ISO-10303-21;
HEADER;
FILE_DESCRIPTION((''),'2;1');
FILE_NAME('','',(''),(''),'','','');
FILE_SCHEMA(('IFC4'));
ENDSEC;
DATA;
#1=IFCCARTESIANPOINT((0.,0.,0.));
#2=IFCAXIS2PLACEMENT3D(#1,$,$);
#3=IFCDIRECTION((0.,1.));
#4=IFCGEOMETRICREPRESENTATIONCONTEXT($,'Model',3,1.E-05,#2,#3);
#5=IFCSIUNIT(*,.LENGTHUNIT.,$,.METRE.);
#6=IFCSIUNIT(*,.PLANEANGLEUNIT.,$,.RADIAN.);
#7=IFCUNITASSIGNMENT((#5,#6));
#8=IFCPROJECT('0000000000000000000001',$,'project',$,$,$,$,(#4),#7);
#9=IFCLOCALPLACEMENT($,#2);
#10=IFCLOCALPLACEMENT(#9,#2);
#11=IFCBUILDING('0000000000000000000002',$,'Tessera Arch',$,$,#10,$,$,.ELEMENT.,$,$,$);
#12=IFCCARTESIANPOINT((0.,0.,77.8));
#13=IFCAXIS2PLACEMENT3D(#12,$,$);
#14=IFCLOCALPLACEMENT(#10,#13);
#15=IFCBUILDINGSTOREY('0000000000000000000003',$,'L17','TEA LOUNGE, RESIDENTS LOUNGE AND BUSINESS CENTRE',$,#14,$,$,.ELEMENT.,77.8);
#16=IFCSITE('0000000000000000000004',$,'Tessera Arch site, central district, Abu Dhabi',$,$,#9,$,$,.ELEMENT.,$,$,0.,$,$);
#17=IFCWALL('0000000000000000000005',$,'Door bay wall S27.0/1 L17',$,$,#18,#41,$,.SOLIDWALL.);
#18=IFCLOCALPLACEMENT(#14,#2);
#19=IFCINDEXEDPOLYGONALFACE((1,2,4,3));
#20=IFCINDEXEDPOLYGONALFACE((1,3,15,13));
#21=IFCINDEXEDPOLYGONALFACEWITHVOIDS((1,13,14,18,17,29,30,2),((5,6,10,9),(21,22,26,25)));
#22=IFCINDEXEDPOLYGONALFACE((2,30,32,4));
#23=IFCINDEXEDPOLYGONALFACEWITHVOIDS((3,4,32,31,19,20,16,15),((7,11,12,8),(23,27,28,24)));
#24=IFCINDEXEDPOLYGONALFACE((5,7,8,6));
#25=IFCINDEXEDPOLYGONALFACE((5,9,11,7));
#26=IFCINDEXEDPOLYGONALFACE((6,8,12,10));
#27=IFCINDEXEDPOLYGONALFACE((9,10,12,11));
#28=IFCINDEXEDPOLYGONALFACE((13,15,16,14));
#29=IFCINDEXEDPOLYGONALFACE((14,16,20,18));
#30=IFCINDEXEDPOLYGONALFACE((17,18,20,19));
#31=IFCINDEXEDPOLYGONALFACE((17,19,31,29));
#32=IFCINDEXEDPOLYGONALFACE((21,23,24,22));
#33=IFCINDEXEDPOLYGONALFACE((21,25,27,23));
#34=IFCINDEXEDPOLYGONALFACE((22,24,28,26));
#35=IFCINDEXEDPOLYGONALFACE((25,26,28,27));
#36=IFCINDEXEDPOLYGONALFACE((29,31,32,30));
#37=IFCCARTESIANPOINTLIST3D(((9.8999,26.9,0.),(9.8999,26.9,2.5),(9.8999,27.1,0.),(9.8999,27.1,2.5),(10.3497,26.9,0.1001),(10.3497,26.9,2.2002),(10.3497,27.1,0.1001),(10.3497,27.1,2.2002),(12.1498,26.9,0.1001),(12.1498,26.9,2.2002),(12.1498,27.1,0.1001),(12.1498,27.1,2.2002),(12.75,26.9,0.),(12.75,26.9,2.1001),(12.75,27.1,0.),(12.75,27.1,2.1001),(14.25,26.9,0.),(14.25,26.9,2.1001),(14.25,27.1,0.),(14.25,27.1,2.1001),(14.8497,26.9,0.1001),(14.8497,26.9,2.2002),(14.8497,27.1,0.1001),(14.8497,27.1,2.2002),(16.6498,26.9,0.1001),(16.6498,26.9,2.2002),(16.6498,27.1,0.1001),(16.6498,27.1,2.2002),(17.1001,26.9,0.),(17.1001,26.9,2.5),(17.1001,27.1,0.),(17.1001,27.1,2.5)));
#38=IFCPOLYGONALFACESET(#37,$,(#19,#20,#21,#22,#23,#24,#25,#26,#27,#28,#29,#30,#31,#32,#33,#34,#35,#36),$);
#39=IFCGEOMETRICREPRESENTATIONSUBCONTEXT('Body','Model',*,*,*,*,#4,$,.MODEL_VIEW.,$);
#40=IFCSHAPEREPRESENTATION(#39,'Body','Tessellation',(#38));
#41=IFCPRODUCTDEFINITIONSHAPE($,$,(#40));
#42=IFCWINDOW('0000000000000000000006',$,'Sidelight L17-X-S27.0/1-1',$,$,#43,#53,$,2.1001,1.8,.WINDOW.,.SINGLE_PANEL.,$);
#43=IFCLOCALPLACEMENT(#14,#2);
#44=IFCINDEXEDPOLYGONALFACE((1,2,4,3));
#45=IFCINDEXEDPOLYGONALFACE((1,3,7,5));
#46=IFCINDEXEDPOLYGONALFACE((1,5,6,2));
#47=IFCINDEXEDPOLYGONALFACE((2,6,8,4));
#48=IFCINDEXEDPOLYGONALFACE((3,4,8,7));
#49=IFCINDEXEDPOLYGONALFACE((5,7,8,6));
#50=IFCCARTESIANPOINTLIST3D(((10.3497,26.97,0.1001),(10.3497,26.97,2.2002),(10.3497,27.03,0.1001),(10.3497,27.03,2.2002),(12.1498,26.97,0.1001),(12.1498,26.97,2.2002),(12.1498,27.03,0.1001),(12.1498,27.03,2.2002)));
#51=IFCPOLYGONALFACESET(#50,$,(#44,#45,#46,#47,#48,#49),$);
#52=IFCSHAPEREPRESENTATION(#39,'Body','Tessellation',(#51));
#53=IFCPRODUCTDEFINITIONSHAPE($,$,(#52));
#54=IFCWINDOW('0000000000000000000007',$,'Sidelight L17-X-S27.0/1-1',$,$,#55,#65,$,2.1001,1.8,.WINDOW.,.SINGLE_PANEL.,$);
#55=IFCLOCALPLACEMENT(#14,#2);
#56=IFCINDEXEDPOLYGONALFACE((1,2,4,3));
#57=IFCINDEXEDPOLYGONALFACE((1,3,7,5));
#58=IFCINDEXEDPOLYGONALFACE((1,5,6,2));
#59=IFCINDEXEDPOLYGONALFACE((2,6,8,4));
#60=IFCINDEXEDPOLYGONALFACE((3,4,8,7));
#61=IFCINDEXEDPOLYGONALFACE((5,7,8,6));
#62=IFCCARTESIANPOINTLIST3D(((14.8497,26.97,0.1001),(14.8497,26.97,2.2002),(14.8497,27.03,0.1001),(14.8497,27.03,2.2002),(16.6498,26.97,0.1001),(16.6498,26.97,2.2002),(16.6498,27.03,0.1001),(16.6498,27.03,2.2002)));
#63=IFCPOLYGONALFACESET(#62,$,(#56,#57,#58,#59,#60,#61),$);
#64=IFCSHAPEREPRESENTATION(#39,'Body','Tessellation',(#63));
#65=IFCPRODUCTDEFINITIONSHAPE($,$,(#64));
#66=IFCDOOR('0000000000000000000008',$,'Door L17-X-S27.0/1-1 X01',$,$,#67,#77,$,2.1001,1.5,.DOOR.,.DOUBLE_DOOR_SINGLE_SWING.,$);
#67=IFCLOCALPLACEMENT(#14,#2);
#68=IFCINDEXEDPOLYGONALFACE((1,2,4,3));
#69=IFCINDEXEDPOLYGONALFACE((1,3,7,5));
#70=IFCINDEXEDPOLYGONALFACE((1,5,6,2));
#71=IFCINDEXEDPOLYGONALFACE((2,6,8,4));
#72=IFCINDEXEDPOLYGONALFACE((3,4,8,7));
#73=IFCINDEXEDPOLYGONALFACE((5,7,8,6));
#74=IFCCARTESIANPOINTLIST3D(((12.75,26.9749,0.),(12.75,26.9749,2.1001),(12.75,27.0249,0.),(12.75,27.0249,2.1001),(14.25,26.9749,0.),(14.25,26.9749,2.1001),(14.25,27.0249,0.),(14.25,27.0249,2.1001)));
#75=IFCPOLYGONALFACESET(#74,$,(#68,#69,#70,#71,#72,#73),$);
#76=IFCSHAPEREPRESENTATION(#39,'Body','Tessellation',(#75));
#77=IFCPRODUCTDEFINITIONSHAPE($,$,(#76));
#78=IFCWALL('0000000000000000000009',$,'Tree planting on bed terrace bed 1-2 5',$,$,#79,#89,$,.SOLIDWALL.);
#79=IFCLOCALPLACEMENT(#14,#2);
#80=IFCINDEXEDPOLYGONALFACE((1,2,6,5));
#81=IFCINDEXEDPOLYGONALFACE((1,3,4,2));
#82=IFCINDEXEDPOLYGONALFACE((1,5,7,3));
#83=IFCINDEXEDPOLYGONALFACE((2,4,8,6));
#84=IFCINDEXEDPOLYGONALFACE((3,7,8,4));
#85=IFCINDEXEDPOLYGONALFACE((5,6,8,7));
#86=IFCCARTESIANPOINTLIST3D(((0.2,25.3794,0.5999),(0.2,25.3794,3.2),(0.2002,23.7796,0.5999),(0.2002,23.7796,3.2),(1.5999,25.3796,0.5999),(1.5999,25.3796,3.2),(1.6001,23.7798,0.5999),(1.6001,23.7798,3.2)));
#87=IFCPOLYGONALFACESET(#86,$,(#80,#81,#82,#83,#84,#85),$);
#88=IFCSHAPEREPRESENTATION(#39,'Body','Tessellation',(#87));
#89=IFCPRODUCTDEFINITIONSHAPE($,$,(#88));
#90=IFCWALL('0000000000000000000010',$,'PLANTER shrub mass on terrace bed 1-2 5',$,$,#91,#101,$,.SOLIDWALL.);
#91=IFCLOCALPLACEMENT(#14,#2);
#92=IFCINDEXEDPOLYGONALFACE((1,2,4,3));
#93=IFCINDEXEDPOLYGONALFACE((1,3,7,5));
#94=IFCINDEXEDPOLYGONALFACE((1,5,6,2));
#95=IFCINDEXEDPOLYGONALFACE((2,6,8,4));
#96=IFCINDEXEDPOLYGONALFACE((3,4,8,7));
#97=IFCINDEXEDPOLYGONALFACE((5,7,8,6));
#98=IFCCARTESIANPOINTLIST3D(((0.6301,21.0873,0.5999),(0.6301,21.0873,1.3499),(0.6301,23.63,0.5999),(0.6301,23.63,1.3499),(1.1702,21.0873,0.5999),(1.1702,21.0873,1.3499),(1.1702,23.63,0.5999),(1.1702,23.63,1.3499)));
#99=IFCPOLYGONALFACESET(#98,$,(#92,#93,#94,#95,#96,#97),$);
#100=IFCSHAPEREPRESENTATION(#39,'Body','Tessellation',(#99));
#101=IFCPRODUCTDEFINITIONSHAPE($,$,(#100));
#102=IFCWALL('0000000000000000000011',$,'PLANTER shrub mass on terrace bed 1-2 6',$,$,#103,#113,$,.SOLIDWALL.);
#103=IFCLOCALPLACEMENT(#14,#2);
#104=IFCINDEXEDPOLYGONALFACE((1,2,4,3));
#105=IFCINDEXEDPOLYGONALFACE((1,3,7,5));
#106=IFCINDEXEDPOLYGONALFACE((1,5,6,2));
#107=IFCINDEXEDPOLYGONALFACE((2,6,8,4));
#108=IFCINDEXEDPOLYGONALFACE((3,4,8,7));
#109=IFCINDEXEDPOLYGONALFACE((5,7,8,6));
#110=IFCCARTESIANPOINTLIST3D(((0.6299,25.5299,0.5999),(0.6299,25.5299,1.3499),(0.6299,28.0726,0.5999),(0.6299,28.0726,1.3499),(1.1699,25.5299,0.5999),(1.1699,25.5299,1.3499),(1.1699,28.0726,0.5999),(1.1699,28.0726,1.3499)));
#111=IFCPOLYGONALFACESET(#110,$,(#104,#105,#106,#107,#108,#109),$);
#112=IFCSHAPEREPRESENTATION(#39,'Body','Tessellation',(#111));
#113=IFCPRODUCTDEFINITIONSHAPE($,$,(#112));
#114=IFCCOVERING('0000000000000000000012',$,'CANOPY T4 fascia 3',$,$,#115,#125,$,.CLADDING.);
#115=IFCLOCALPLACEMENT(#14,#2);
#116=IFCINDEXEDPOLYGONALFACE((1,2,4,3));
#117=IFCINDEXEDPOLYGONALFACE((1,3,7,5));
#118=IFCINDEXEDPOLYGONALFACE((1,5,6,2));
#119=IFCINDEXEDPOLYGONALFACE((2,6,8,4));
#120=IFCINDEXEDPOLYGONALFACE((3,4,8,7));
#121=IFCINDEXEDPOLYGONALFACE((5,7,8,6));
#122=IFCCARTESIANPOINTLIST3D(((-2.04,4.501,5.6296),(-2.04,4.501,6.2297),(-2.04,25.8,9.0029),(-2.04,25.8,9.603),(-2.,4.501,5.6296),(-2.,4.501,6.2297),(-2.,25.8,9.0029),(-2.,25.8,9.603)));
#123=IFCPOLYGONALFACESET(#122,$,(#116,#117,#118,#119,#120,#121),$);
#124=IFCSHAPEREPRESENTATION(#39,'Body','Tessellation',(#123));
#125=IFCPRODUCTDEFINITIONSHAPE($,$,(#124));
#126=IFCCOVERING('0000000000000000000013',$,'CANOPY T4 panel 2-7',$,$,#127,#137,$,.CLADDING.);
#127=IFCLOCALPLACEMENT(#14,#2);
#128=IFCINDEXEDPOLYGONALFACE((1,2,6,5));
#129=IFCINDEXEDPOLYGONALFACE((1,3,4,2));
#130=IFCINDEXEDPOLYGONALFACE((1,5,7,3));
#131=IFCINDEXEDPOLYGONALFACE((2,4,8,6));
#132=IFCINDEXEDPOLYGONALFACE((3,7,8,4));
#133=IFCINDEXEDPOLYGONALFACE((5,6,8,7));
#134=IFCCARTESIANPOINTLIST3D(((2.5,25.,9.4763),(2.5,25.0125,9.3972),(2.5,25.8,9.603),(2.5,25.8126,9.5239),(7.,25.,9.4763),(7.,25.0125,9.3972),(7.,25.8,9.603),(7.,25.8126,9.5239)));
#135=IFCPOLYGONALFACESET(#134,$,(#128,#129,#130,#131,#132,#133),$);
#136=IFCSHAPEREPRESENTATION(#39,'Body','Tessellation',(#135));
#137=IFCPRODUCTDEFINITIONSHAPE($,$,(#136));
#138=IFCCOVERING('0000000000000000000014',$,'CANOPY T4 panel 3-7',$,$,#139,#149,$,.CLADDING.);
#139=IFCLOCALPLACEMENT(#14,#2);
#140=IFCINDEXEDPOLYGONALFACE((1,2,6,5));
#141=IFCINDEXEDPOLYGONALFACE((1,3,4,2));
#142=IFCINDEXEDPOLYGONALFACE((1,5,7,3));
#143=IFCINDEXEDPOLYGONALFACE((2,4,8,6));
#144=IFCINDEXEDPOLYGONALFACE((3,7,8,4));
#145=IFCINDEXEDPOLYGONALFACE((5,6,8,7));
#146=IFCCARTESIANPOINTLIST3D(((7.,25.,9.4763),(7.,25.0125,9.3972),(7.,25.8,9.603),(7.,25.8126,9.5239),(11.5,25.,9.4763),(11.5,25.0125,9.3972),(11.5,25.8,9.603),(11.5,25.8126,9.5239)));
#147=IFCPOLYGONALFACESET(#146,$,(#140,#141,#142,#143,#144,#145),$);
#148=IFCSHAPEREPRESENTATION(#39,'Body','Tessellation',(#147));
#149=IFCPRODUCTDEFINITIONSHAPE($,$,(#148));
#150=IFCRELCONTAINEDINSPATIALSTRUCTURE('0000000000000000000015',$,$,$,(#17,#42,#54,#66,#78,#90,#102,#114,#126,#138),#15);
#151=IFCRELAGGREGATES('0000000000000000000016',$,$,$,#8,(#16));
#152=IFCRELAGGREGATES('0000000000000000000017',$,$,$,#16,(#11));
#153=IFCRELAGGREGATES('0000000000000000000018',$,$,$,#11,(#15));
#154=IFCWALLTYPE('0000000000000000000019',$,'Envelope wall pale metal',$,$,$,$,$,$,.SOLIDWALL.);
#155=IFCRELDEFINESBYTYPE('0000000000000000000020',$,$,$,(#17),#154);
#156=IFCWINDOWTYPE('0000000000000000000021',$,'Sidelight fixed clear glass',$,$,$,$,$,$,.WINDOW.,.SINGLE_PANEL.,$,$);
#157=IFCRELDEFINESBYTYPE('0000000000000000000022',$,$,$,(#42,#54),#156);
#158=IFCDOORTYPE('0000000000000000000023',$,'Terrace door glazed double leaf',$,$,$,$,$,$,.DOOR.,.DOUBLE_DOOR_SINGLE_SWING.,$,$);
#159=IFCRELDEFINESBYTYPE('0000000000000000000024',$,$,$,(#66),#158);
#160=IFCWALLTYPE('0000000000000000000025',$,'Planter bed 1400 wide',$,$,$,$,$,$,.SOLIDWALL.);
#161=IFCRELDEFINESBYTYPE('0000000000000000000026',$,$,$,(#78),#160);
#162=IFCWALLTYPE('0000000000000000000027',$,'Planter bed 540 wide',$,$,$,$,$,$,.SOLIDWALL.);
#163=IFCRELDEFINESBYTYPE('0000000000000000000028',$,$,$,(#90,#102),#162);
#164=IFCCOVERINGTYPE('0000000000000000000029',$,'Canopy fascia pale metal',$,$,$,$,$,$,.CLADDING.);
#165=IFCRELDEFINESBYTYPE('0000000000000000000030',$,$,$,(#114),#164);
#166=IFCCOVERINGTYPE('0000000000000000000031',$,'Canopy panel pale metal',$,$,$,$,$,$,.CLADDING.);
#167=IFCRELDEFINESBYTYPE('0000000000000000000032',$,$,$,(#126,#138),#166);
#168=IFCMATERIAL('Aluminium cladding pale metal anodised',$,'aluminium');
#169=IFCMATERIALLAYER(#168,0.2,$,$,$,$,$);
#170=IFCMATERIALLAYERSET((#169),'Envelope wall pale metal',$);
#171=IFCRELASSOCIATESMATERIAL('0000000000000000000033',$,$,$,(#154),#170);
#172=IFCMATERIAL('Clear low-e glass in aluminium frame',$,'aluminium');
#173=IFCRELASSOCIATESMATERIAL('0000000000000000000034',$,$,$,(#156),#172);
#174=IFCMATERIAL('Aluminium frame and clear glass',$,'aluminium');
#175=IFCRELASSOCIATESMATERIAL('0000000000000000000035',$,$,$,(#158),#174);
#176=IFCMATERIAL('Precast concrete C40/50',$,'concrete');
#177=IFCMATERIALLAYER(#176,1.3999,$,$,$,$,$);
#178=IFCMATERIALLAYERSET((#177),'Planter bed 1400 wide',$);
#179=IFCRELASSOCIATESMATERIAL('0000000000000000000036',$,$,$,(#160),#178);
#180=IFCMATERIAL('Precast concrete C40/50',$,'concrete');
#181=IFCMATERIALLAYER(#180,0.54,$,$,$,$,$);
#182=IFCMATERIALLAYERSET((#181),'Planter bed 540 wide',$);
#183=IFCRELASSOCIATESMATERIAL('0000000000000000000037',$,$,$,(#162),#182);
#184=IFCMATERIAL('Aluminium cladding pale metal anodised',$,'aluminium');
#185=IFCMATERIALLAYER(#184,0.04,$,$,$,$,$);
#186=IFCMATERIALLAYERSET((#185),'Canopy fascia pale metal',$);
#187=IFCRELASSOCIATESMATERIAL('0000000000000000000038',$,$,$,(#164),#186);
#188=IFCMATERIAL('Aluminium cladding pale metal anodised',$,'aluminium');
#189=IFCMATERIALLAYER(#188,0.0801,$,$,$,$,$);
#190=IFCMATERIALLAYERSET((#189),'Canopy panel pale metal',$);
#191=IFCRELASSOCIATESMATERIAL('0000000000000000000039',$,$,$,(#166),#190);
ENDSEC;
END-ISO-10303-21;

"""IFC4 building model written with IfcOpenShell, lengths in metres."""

from ifc_helpers import new_model, si_unit, direction, frame, frame_2d, origin, place, context, subcontext, project, spatial, polyline, rectangle, outline, extrude, material, layer, layer_set, type_object, element, fill, save


model = new_model("IFC4")

# Units and contexts
model_context = context("Model", 3, precision=1e-05, world=origin(), true_north=direction((0.0, 1.0)))
body_context = subcontext(model_context, "Body", "Model", "MODEL_VIEW")
ifc_project = project(units=[si_unit("LENGTHUNIT", "METRE"), si_unit("PLANEANGLEUNIT", "RADIAN")], contexts=[model_context])

# Site, building, storey
site_placement = place(None, origin())
site = spatial("IfcSite", under=ifc_project, at=site_placement, Name="Tessera Arch site, central district, Abu Dhabi", CompositionType="ELEMENT", RefElevation=0.0)
building_placement = place(site_placement, origin())
building = spatial("IfcBuilding", under=site, at=building_placement, Name="Tessera Arch", CompositionType="ELEMENT")
storey_placement = place(building_placement, frame((0.0, 0.0, 77.8)))
storey = spatial("IfcBuildingStorey", under=building, at=storey_placement, Name="L17", Description="TEA LOUNGE, RESIDENTS LOUNGE AND BUSINESS CENTRE", CompositionType="ELEMENT", Elevation=77.8)

# Wall, openings, windows, door
ifc_material_1 = material(Name="Aluminium cladding pale metal anodised", Category="aluminium")
ifc_layer_1 = layer(ifc_material_1, 0.2)
ifc_layer_set_1 = layer_set([ifc_layer_1], Name="Envelope wall pale metal")
wall_type_1 = type_object("IfcWallType", Name="Envelope wall pale metal", PredefinedType="SOLIDWALL", material=ifc_layer_set_1)
wall_1_placement = place(storey_placement, frame((9.8999, 27.0, 0.0), z_axis=(0.0, 0.0, 1.0), x_axis=(1.0, 0.0, 0.0)))
wall_1 = element("IfcWall", 1, at=wall_1_placement, inside=storey, type_object=wall_type_1, Name="Door bay wall S27.0/1 L17", PredefinedType="SOLIDWALL", context=body_context, shape_type="SweptSolid", body=[
    extrude(rectangle(XDim=7.2002, YDim=0.2, at=frame_2d((3.6001, 0.0))), origin(), (0.0, 0.0, 1.0), 2.5),
])
opening_1_placement = place(wall_1_placement, frame((2.8501, 0.0, 0.0)))
opening_1 = element("IfcOpeningElement", 2, at=opening_1_placement, cuts=wall_1, PredefinedType="OPENING", context=body_context, shape_type="SweptSolid", body=[
    extrude(rectangle(XDim=1.5, YDim=2.1001, at=frame_2d((0.75, 1.05))), frame((0.0, 0.1099, 0.0), z_axis=(0.0, -1.0, 0.0), x_axis=(1.0, 0.0, 0.0)), (0.0, 0.0, 1.0), 0.22),
])
opening_2_placement = place(wall_1_placement, frame((0.45, 0.0, 0.1001)))
opening_2 = element("IfcOpeningElement", 3, at=opening_2_placement, cuts=wall_1, PredefinedType="OPENING", context=body_context, shape_type="SweptSolid", body=[
    extrude(rectangle(XDim=1.8, YDim=2.1001, at=frame_2d((0.8999, 1.05))), frame((0.0, 0.1099, 0.0), z_axis=(0.0, -1.0, 0.0), x_axis=(1.0, 0.0, 0.0)), (0.0, 0.0, 1.0), 0.22),
])
opening_3_placement = place(wall_1_placement, frame((4.95, 0.0, 0.1001)))
opening_3 = element("IfcOpeningElement", 4, at=opening_3_placement, cuts=wall_1, PredefinedType="OPENING", context=body_context, shape_type="SweptSolid", body=[
    extrude(rectangle(XDim=1.8, YDim=2.1001, at=frame_2d((0.8999, 1.05))), frame((0.0, 0.1099, 0.0), z_axis=(0.0, -1.0, 0.0), x_axis=(1.0, 0.0, 0.0)), (0.0, 0.0, 1.0), 0.22),
])
ifc_material_2 = material(Name="Clear low-e glass in aluminium frame", Category="aluminium")
window_type = type_object("IfcWindowType", Name="Sidelight fixed clear glass", PartitioningType="SINGLE_PANEL", PredefinedType="WINDOW", material=ifc_material_2)
window_1_placement = place(opening_2_placement, origin())
window_1 = element("IfcWindow", 5, at=window_1_placement, inside=storey, type_object=window_type, Name="Sidelight L17-X-S27.0/1-1", OverallHeight=2.1001, OverallWidth=1.8, PartitioningType="SINGLE_PANEL", PredefinedType="WINDOW", context=body_context, shape_type="SweptSolid", body=[
    extrude(rectangle(XDim=1.8, YDim=2.1001, at=frame_2d((0.8999, 1.05))), frame((0.0, 0.03, 0.0), z_axis=(0.0, -1.0, 0.0), x_axis=(1.0, 0.0, 0.0)), (0.0, 0.0, 1.0), 0.0601),
])
fill(opening_2, window_1)
window_2_placement = place(opening_3_placement, origin())
window_2 = element("IfcWindow", 6, at=window_2_placement, inside=storey, type_object=window_type, Name="Sidelight L17-X-S27.0/1-1", OverallHeight=2.1001, OverallWidth=1.8, PartitioningType="SINGLE_PANEL", PredefinedType="WINDOW", context=body_context, shape_type="SweptSolid", body=[
    extrude(rectangle(XDim=1.8, YDim=2.1001, at=frame_2d((0.8999, 1.05))), frame((0.0, 0.03, 0.0), z_axis=(0.0, -1.0, 0.0), x_axis=(1.0, 0.0, 0.0)), (0.0, 0.0, 1.0), 0.0601),
])
fill(opening_3, window_2)
ifc_material_3 = material(Name="Aluminium frame and clear glass", Category="aluminium")
door_type = type_object("IfcDoorType", Name="Terrace door glazed double leaf", OperationType="DOUBLE_DOOR_SINGLE_SWING", PredefinedType="DOOR", material=ifc_material_3)
door_placement = place(opening_1_placement, origin())
door = element("IfcDoor", 7, at=door_placement, inside=storey, type_object=door_type, Name="Door L17-X-S27.0/1-1 X01", OperationType="DOUBLE_DOOR_SINGLE_SWING", OverallHeight=2.1001, OverallWidth=1.5, PredefinedType="DOOR", context=body_context, shape_type="SweptSolid", body=[
    extrude(rectangle(XDim=1.5, YDim=2.1001, at=frame_2d((0.75, 1.05))), frame((0.0, 0.0249, 0.0), z_axis=(0.0, -1.0, 0.0), x_axis=(1.0, 0.0, 0.0)), (0.0, 0.0, 1.0), 0.05),
])
fill(opening_1, door)

# Walls
ifc_material_4 = material(Name="Precast concrete C40/50", Category="concrete")
ifc_layer_2 = layer(ifc_material_4, 1.3999)
ifc_layer_set_2 = layer_set([ifc_layer_2], Name="Planter bed 1400 wide")
wall_type_2 = type_object("IfcWallType", Name="Planter bed 1400 wide", PredefinedType="SOLIDWALL", material=ifc_layer_set_2)
wall_2_placement = place(storey_placement, frame((0.9001, 23.7798, 0.5999), z_axis=(0.0, 0.0, 1.0), x_axis=(-0.000153, 1.0, 0.0)))
element("IfcWall", 8, at=wall_2_placement, inside=storey, type_object=wall_type_2, Name="Tree planting on bed terrace bed 1-2 5", PredefinedType="SOLIDWALL", context=body_context, shape_type="SweptSolid", body=[
    extrude(rectangle(XDim=1.5999, YDim=1.3999, at=frame_2d((0.7998, 0.0))), origin(), (0.0, 0.0, 1.0), 2.6001),
])
ifc_material_5 = material(Name="Precast concrete C40/50", Category="concrete")
ifc_layer_3 = layer(ifc_material_5, 0.54)
ifc_layer_set_3 = layer_set([ifc_layer_3], Name="Planter bed 540 wide")
wall_type_3 = type_object("IfcWallType", Name="Planter bed 540 wide", PredefinedType="SOLIDWALL", material=ifc_layer_set_3)
for number, where, z_axis, x_axis, name in (
    (9, (0.9001, 21.0872, 0.5999), (0.0, 0.0, 1.0), (0.0, 1.0, 0.0), "PLANTER shrub mass on terrace bed 1-2 5"),
    (10, (0.8999, 25.5298, 0.5999), (0.0, 0.0, 1.0), (0.0, 1.0, 0.0), "PLANTER shrub mass on terrace bed 1-2 6"),
):
    element("IfcWall", number, at=place(storey_placement, frame(where, z_axis=z_axis, x_axis=x_axis)), inside=storey, type_object=wall_type_3, Name=name, PredefinedType="SOLIDWALL", context=body_context, shape_type="SweptSolid", body=[
        extrude(rectangle(XDim=2.5427, YDim=0.54, at=frame_2d((1.2715, 0.0))), origin(), (0.0, 0.0, 1.0), 0.75),
    ])

# Coverings
ifc_material_6 = material(Name="Aluminium cladding pale metal anodised", Category="aluminium")
ifc_layer_4 = layer(ifc_material_6, 0.04)
ifc_layer_set_4 = layer_set([ifc_layer_4], Name="Canopy fascia pale metal")
covering_type_1 = type_object("IfcCoveringType", Name="Canopy fascia pale metal", PredefinedType="CLADDING", material=ifc_layer_set_4)
covering_placement = place(storey_placement, frame((-2.0, 25.8, 9.603), z_axis=(1.0, 0.0, 0.0), x_axis=(0.0, -0.987689, -0.156428)))
element("IfcCovering", 11, at=covering_placement, inside=storey, type_object=covering_type_1, Name="CANOPY T4 fascia 3", PredefinedType="CLADDING", context=body_context, shape_type="SweptSolid", body=[
    extrude(outline(polyline([(0.0, 0.0), (21.5645, 0.0), (21.6584, 0.5927), (0.0939, 0.5927), (0.0, 0.0)])), origin(), (0.0, 0.0, -1.0), 0.04),
])
ifc_material_7 = material(Name="Aluminium cladding pale metal anodised", Category="aluminium")
ifc_layer_5 = layer(ifc_material_7, 0.0801)
ifc_layer_set_5 = layer_set([ifc_layer_5], Name="Canopy panel pale metal")
covering_type_2 = type_object("IfcCoveringType", Name="Canopy panel pale metal", PredefinedType="CLADDING", material=ifc_layer_set_5)
for number, where, z_axis, x_axis, name in (
    (12, (2.5, 25.8, 9.603), (0.0, -0.156427, 0.98769), (0.0, -0.98769, -0.156427), "CANOPY T4 panel 2-7"),
    (13, (7.0, 25.8, 9.603), (0.0, -0.156427, 0.98769), (0.0, -0.98769, -0.156427), "CANOPY T4 panel 3-7"),
):
    element("IfcCovering", number, at=place(storey_placement, frame(where, z_axis=z_axis, x_axis=x_axis)), inside=storey, type_object=covering_type_2, Name=name, PredefinedType="CLADDING", context=body_context, shape_type="SweptSolid", body=[
        extrude(outline(polyline([(0.0, 0.0), (0.81, 0.0), (0.81, 4.5), (0.0, 4.5), (0.0, 0.0)])), origin(), (0.0, 0.0, -1.0), 0.0801),
    ])

save(model, "model.ifc")
